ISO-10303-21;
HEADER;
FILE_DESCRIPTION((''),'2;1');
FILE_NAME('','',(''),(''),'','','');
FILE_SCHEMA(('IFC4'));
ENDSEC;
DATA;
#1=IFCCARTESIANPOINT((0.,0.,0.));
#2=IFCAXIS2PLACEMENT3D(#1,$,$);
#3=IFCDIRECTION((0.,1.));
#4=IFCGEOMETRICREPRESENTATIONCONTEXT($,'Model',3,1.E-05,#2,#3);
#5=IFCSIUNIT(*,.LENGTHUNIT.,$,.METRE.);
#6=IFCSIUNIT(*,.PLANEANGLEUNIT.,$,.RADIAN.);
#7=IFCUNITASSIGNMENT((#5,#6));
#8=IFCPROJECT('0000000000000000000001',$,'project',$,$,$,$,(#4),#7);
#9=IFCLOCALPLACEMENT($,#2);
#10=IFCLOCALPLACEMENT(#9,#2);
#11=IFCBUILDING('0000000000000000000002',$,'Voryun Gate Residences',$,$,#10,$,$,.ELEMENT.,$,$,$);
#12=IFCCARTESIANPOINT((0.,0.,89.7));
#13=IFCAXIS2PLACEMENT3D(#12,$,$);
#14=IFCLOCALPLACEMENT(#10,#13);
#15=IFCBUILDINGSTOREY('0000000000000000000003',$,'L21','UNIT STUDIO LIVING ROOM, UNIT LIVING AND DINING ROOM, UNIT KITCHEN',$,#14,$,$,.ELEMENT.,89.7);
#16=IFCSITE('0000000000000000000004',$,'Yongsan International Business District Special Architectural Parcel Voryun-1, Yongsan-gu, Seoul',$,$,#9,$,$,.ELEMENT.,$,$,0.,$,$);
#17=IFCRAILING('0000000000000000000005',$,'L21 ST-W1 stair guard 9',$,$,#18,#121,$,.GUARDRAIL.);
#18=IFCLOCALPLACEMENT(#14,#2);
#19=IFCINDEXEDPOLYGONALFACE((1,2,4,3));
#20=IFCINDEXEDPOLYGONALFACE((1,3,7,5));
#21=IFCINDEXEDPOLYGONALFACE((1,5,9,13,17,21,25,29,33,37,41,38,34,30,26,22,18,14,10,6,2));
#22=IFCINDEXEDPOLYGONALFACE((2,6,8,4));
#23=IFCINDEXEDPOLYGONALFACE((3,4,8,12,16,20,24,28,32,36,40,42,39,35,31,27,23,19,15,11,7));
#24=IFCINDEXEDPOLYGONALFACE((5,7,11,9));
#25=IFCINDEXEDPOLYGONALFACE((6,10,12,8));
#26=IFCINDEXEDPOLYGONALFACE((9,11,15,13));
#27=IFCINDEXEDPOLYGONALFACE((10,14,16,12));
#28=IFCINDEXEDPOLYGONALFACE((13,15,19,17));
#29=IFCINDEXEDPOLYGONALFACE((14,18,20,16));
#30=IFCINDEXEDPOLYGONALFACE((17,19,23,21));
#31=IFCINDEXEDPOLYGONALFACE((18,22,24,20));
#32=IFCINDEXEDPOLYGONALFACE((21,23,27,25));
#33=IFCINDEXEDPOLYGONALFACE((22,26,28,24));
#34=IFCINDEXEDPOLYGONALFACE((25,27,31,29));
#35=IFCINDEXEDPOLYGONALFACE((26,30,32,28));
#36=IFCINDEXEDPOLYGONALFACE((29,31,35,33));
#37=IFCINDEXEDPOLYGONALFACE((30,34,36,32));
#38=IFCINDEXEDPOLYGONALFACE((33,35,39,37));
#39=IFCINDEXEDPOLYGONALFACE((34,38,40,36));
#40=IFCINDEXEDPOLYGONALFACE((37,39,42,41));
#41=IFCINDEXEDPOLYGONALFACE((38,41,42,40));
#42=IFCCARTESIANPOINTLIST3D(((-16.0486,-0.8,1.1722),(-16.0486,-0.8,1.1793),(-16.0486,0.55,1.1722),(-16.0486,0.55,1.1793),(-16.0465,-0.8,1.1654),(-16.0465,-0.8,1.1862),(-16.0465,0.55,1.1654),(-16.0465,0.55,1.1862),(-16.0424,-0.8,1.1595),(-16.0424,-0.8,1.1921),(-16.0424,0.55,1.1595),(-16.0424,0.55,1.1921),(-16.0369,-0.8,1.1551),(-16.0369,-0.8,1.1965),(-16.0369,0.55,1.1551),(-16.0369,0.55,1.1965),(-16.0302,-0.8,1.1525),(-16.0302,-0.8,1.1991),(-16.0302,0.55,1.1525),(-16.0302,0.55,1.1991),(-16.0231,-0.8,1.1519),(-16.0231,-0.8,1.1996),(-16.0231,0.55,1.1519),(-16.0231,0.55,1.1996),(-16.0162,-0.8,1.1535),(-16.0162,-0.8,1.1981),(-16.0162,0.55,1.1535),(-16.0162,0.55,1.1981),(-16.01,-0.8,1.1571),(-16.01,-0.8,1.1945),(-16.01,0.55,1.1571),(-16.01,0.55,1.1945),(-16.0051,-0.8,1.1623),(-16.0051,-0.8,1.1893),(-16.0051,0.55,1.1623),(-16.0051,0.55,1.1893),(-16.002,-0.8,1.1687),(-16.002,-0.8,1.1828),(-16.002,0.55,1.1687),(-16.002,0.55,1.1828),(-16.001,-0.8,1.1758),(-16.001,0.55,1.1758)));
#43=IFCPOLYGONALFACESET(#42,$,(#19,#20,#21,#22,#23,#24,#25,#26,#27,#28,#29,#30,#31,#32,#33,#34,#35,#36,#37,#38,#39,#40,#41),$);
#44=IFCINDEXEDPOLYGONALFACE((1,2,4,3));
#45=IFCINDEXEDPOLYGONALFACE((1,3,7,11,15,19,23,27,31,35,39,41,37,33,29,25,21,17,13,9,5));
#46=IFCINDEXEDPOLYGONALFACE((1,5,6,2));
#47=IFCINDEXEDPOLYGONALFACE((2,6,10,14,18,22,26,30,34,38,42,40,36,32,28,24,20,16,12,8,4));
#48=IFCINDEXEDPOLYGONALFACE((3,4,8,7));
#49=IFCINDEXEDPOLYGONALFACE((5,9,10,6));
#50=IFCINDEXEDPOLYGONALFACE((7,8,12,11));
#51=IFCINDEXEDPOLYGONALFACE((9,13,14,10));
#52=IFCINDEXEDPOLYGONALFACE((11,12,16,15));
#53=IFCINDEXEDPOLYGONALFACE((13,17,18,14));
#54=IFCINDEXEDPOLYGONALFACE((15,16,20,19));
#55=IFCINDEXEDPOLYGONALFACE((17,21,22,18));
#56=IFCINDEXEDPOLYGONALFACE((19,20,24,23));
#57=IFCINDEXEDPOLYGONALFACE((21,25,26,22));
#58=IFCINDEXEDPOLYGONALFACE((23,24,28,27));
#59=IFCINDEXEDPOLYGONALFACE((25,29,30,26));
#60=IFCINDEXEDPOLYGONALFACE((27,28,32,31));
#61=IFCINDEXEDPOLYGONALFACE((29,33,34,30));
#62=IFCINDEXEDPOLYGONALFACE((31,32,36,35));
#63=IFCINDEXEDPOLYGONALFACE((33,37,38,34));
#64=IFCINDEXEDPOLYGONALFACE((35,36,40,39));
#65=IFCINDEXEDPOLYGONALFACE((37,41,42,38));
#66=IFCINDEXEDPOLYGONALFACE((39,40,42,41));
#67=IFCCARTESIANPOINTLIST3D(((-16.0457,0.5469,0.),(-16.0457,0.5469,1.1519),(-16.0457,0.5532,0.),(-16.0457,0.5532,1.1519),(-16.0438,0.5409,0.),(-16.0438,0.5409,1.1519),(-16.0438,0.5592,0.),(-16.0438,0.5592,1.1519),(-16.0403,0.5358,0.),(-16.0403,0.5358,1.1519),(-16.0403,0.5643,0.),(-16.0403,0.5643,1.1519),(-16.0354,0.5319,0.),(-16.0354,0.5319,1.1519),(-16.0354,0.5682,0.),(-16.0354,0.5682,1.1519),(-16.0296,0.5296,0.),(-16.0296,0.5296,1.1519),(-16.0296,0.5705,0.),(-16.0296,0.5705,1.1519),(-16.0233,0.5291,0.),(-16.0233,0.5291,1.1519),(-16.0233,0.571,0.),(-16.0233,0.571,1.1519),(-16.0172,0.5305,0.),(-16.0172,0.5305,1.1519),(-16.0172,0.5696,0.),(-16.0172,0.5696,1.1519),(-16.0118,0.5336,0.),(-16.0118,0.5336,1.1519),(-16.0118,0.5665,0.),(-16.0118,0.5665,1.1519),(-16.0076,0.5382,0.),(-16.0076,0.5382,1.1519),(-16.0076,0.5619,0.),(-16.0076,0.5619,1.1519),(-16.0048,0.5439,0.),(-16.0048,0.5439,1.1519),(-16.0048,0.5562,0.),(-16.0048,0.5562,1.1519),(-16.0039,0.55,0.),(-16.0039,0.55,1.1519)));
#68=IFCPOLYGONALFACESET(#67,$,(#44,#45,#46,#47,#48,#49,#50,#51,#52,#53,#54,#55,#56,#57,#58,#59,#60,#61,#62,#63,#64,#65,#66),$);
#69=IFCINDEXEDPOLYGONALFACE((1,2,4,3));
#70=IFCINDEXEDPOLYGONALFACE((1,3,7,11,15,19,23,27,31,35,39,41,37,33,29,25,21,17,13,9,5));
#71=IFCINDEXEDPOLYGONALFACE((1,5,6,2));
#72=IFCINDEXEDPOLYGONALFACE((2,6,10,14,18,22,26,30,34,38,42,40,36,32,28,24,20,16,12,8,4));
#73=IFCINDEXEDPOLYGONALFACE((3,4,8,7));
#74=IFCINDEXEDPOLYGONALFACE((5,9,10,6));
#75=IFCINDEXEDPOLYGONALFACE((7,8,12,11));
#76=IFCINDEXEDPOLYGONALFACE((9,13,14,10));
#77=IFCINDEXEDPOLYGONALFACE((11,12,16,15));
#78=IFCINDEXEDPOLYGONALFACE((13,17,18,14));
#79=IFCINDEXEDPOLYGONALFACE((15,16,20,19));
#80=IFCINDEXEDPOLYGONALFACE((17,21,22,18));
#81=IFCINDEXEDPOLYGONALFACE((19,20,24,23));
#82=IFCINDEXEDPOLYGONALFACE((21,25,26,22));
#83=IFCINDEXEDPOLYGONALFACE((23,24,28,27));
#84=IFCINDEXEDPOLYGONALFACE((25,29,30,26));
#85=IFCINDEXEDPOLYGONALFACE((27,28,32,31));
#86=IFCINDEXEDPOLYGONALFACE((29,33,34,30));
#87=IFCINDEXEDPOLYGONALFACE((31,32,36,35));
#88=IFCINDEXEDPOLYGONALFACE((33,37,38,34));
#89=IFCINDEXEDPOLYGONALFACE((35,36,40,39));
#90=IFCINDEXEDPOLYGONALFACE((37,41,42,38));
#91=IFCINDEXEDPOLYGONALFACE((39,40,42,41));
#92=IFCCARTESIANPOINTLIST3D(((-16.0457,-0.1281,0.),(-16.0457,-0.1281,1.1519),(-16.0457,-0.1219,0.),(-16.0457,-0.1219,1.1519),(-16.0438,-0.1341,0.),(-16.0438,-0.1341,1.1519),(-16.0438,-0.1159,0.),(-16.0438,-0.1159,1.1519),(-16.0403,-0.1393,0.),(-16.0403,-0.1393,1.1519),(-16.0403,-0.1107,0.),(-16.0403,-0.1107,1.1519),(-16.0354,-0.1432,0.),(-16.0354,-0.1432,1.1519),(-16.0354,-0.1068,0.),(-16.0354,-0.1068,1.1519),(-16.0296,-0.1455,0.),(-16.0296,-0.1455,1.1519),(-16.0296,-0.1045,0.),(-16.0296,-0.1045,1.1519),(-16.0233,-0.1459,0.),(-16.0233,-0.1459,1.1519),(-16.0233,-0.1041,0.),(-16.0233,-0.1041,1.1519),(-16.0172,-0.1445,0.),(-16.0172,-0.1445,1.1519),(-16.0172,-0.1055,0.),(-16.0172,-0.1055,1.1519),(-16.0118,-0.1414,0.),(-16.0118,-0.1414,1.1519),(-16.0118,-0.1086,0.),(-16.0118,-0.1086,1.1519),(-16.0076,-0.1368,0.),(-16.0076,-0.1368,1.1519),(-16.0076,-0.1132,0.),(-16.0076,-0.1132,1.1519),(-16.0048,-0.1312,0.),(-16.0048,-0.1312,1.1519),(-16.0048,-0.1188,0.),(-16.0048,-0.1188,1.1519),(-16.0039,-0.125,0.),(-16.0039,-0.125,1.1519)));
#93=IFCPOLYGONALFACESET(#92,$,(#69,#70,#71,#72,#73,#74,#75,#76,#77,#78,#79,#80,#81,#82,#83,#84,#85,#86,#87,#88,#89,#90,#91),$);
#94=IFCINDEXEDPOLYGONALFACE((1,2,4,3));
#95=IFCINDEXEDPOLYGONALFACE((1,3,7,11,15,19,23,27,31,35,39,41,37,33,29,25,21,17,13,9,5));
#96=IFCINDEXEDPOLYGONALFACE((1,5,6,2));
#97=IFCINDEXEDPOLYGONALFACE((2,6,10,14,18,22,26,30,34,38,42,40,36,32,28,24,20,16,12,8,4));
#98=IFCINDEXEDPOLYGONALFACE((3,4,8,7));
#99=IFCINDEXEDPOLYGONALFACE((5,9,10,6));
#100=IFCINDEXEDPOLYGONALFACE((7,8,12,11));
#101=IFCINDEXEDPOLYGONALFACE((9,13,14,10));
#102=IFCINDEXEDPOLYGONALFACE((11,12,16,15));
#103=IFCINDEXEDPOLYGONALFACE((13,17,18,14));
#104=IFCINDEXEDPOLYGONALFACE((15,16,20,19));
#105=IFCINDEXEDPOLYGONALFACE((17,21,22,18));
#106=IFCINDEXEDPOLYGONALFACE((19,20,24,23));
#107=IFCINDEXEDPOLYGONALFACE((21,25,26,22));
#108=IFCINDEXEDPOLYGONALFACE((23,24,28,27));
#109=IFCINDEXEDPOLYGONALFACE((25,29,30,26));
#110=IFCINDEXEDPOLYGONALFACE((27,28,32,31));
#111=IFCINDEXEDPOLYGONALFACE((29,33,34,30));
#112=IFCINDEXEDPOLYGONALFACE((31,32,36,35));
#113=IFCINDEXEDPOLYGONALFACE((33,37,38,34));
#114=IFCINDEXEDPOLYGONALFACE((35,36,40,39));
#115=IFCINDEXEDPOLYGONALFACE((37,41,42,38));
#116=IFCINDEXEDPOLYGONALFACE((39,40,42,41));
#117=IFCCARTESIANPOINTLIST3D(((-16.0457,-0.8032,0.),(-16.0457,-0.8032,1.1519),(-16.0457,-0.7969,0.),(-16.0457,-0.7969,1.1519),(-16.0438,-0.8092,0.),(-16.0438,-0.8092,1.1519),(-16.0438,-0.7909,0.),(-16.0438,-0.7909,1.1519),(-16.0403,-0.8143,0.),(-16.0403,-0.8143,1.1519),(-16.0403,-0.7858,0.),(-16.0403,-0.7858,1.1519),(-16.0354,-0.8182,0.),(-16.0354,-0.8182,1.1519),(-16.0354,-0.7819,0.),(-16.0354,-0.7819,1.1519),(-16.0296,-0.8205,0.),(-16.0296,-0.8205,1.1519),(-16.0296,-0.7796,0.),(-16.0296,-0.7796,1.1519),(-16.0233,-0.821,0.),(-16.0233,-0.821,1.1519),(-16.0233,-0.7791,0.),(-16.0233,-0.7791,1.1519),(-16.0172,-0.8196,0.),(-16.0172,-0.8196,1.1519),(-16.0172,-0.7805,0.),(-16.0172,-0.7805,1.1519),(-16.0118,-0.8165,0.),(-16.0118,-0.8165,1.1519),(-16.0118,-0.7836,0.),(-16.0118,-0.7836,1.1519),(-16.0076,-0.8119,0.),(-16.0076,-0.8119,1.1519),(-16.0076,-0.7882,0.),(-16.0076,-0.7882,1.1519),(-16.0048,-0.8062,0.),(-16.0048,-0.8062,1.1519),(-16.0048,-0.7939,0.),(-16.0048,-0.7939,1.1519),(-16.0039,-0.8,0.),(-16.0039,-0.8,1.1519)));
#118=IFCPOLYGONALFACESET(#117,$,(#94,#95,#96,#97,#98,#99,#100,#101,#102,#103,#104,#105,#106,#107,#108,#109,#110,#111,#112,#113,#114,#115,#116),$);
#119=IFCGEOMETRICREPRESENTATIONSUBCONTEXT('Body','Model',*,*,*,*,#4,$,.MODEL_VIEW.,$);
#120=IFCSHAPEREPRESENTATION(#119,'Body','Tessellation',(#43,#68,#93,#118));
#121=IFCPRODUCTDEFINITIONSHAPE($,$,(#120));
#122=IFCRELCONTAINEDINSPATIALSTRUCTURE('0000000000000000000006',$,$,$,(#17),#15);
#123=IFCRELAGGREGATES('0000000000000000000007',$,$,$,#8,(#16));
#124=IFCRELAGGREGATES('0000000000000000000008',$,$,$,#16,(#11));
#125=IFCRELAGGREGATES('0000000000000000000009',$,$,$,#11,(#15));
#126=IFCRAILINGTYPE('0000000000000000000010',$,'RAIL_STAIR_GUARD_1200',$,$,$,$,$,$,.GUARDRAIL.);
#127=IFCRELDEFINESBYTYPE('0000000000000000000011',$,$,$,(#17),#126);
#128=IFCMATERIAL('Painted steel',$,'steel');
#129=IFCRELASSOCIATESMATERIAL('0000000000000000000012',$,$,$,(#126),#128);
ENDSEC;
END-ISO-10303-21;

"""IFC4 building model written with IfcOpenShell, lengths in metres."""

from ifc_helpers import new_model, si_unit, direction, frame, origin, origin_2d, place, context, subcontext, project, spatial, circle, extrude, material, type_object, element, save


model = new_model("IFC4")

# Units and contexts
model_context = context("Model", 3, precision=1e-05, world=origin(), true_north=direction((0.0, 1.0)))
body_context = subcontext(model_context, "Body", "Model", "MODEL_VIEW")
ifc_project = project(units=[si_unit("LENGTHUNIT", "METRE"), si_unit("PLANEANGLEUNIT", "RADIAN")], contexts=[model_context])

# Site, building, storey
site_placement = place(None, origin())
site = spatial("IfcSite", under=ifc_project, at=site_placement, Name="Yongsan International Business District Special Architectural Parcel Voryun-1, Yongsan-gu, Seoul", CompositionType="ELEMENT", RefElevation=0.0)
building_placement = place(site_placement, origin())
building = spatial("IfcBuilding", under=site, at=building_placement, Name="Voryun Gate Residences", CompositionType="ELEMENT")
storey_placement = place(building_placement, frame((0.0, 0.0, 89.7)))
storey = spatial("IfcBuildingStorey", under=building, at=storey_placement, Name="L21", Description="UNIT STUDIO LIVING ROOM, UNIT LIVING AND DINING ROOM, UNIT KITCHEN", CompositionType="ELEMENT", Elevation=89.7)

# Railing
ifc_material_1 = material(Name="Painted steel", Category="steel")
railing_type = type_object("IfcRailingType", Name="RAIL_STAIR_GUARD_1200", PredefinedType="GUARDRAIL", material=ifc_material_1)
for number, where, name in (
    (1, (-16.0249, 0.55, 0.0), "L21 ST-W1 stair guard 9"),
):
    element("IfcRailing", number, at=place(storey_placement, frame(where)), inside=storey, type_object=railing_type, Name=name, PredefinedType="GUARDRAIL", context=body_context, shape_type="SweptSolid", body=[
        extrude(circle(Radius=0.0239, at=origin_2d()), frame((0.0, 0.0, 1.1758), z_axis=(0.0, -1.0, 0.0), x_axis=(1.0, 0.0, 0.0)), (0.0, 0.0, 1.0), 1.3501),
        extrude(circle(Radius=0.021, at=origin_2d()), origin(), (0.0, 0.0, 1.0), 1.1519),
        extrude(circle(Radius=0.021, at=origin_2d()), frame((0.0, -0.675, 0.0)), (0.0, 0.0, 1.0), 1.1519),
        extrude(circle(Radius=0.021, at=origin_2d()), frame((0.0, -1.3501, 0.0)), (0.0, 0.0, 1.0), 1.1519),
    ])

save(model, "model.ifc")
